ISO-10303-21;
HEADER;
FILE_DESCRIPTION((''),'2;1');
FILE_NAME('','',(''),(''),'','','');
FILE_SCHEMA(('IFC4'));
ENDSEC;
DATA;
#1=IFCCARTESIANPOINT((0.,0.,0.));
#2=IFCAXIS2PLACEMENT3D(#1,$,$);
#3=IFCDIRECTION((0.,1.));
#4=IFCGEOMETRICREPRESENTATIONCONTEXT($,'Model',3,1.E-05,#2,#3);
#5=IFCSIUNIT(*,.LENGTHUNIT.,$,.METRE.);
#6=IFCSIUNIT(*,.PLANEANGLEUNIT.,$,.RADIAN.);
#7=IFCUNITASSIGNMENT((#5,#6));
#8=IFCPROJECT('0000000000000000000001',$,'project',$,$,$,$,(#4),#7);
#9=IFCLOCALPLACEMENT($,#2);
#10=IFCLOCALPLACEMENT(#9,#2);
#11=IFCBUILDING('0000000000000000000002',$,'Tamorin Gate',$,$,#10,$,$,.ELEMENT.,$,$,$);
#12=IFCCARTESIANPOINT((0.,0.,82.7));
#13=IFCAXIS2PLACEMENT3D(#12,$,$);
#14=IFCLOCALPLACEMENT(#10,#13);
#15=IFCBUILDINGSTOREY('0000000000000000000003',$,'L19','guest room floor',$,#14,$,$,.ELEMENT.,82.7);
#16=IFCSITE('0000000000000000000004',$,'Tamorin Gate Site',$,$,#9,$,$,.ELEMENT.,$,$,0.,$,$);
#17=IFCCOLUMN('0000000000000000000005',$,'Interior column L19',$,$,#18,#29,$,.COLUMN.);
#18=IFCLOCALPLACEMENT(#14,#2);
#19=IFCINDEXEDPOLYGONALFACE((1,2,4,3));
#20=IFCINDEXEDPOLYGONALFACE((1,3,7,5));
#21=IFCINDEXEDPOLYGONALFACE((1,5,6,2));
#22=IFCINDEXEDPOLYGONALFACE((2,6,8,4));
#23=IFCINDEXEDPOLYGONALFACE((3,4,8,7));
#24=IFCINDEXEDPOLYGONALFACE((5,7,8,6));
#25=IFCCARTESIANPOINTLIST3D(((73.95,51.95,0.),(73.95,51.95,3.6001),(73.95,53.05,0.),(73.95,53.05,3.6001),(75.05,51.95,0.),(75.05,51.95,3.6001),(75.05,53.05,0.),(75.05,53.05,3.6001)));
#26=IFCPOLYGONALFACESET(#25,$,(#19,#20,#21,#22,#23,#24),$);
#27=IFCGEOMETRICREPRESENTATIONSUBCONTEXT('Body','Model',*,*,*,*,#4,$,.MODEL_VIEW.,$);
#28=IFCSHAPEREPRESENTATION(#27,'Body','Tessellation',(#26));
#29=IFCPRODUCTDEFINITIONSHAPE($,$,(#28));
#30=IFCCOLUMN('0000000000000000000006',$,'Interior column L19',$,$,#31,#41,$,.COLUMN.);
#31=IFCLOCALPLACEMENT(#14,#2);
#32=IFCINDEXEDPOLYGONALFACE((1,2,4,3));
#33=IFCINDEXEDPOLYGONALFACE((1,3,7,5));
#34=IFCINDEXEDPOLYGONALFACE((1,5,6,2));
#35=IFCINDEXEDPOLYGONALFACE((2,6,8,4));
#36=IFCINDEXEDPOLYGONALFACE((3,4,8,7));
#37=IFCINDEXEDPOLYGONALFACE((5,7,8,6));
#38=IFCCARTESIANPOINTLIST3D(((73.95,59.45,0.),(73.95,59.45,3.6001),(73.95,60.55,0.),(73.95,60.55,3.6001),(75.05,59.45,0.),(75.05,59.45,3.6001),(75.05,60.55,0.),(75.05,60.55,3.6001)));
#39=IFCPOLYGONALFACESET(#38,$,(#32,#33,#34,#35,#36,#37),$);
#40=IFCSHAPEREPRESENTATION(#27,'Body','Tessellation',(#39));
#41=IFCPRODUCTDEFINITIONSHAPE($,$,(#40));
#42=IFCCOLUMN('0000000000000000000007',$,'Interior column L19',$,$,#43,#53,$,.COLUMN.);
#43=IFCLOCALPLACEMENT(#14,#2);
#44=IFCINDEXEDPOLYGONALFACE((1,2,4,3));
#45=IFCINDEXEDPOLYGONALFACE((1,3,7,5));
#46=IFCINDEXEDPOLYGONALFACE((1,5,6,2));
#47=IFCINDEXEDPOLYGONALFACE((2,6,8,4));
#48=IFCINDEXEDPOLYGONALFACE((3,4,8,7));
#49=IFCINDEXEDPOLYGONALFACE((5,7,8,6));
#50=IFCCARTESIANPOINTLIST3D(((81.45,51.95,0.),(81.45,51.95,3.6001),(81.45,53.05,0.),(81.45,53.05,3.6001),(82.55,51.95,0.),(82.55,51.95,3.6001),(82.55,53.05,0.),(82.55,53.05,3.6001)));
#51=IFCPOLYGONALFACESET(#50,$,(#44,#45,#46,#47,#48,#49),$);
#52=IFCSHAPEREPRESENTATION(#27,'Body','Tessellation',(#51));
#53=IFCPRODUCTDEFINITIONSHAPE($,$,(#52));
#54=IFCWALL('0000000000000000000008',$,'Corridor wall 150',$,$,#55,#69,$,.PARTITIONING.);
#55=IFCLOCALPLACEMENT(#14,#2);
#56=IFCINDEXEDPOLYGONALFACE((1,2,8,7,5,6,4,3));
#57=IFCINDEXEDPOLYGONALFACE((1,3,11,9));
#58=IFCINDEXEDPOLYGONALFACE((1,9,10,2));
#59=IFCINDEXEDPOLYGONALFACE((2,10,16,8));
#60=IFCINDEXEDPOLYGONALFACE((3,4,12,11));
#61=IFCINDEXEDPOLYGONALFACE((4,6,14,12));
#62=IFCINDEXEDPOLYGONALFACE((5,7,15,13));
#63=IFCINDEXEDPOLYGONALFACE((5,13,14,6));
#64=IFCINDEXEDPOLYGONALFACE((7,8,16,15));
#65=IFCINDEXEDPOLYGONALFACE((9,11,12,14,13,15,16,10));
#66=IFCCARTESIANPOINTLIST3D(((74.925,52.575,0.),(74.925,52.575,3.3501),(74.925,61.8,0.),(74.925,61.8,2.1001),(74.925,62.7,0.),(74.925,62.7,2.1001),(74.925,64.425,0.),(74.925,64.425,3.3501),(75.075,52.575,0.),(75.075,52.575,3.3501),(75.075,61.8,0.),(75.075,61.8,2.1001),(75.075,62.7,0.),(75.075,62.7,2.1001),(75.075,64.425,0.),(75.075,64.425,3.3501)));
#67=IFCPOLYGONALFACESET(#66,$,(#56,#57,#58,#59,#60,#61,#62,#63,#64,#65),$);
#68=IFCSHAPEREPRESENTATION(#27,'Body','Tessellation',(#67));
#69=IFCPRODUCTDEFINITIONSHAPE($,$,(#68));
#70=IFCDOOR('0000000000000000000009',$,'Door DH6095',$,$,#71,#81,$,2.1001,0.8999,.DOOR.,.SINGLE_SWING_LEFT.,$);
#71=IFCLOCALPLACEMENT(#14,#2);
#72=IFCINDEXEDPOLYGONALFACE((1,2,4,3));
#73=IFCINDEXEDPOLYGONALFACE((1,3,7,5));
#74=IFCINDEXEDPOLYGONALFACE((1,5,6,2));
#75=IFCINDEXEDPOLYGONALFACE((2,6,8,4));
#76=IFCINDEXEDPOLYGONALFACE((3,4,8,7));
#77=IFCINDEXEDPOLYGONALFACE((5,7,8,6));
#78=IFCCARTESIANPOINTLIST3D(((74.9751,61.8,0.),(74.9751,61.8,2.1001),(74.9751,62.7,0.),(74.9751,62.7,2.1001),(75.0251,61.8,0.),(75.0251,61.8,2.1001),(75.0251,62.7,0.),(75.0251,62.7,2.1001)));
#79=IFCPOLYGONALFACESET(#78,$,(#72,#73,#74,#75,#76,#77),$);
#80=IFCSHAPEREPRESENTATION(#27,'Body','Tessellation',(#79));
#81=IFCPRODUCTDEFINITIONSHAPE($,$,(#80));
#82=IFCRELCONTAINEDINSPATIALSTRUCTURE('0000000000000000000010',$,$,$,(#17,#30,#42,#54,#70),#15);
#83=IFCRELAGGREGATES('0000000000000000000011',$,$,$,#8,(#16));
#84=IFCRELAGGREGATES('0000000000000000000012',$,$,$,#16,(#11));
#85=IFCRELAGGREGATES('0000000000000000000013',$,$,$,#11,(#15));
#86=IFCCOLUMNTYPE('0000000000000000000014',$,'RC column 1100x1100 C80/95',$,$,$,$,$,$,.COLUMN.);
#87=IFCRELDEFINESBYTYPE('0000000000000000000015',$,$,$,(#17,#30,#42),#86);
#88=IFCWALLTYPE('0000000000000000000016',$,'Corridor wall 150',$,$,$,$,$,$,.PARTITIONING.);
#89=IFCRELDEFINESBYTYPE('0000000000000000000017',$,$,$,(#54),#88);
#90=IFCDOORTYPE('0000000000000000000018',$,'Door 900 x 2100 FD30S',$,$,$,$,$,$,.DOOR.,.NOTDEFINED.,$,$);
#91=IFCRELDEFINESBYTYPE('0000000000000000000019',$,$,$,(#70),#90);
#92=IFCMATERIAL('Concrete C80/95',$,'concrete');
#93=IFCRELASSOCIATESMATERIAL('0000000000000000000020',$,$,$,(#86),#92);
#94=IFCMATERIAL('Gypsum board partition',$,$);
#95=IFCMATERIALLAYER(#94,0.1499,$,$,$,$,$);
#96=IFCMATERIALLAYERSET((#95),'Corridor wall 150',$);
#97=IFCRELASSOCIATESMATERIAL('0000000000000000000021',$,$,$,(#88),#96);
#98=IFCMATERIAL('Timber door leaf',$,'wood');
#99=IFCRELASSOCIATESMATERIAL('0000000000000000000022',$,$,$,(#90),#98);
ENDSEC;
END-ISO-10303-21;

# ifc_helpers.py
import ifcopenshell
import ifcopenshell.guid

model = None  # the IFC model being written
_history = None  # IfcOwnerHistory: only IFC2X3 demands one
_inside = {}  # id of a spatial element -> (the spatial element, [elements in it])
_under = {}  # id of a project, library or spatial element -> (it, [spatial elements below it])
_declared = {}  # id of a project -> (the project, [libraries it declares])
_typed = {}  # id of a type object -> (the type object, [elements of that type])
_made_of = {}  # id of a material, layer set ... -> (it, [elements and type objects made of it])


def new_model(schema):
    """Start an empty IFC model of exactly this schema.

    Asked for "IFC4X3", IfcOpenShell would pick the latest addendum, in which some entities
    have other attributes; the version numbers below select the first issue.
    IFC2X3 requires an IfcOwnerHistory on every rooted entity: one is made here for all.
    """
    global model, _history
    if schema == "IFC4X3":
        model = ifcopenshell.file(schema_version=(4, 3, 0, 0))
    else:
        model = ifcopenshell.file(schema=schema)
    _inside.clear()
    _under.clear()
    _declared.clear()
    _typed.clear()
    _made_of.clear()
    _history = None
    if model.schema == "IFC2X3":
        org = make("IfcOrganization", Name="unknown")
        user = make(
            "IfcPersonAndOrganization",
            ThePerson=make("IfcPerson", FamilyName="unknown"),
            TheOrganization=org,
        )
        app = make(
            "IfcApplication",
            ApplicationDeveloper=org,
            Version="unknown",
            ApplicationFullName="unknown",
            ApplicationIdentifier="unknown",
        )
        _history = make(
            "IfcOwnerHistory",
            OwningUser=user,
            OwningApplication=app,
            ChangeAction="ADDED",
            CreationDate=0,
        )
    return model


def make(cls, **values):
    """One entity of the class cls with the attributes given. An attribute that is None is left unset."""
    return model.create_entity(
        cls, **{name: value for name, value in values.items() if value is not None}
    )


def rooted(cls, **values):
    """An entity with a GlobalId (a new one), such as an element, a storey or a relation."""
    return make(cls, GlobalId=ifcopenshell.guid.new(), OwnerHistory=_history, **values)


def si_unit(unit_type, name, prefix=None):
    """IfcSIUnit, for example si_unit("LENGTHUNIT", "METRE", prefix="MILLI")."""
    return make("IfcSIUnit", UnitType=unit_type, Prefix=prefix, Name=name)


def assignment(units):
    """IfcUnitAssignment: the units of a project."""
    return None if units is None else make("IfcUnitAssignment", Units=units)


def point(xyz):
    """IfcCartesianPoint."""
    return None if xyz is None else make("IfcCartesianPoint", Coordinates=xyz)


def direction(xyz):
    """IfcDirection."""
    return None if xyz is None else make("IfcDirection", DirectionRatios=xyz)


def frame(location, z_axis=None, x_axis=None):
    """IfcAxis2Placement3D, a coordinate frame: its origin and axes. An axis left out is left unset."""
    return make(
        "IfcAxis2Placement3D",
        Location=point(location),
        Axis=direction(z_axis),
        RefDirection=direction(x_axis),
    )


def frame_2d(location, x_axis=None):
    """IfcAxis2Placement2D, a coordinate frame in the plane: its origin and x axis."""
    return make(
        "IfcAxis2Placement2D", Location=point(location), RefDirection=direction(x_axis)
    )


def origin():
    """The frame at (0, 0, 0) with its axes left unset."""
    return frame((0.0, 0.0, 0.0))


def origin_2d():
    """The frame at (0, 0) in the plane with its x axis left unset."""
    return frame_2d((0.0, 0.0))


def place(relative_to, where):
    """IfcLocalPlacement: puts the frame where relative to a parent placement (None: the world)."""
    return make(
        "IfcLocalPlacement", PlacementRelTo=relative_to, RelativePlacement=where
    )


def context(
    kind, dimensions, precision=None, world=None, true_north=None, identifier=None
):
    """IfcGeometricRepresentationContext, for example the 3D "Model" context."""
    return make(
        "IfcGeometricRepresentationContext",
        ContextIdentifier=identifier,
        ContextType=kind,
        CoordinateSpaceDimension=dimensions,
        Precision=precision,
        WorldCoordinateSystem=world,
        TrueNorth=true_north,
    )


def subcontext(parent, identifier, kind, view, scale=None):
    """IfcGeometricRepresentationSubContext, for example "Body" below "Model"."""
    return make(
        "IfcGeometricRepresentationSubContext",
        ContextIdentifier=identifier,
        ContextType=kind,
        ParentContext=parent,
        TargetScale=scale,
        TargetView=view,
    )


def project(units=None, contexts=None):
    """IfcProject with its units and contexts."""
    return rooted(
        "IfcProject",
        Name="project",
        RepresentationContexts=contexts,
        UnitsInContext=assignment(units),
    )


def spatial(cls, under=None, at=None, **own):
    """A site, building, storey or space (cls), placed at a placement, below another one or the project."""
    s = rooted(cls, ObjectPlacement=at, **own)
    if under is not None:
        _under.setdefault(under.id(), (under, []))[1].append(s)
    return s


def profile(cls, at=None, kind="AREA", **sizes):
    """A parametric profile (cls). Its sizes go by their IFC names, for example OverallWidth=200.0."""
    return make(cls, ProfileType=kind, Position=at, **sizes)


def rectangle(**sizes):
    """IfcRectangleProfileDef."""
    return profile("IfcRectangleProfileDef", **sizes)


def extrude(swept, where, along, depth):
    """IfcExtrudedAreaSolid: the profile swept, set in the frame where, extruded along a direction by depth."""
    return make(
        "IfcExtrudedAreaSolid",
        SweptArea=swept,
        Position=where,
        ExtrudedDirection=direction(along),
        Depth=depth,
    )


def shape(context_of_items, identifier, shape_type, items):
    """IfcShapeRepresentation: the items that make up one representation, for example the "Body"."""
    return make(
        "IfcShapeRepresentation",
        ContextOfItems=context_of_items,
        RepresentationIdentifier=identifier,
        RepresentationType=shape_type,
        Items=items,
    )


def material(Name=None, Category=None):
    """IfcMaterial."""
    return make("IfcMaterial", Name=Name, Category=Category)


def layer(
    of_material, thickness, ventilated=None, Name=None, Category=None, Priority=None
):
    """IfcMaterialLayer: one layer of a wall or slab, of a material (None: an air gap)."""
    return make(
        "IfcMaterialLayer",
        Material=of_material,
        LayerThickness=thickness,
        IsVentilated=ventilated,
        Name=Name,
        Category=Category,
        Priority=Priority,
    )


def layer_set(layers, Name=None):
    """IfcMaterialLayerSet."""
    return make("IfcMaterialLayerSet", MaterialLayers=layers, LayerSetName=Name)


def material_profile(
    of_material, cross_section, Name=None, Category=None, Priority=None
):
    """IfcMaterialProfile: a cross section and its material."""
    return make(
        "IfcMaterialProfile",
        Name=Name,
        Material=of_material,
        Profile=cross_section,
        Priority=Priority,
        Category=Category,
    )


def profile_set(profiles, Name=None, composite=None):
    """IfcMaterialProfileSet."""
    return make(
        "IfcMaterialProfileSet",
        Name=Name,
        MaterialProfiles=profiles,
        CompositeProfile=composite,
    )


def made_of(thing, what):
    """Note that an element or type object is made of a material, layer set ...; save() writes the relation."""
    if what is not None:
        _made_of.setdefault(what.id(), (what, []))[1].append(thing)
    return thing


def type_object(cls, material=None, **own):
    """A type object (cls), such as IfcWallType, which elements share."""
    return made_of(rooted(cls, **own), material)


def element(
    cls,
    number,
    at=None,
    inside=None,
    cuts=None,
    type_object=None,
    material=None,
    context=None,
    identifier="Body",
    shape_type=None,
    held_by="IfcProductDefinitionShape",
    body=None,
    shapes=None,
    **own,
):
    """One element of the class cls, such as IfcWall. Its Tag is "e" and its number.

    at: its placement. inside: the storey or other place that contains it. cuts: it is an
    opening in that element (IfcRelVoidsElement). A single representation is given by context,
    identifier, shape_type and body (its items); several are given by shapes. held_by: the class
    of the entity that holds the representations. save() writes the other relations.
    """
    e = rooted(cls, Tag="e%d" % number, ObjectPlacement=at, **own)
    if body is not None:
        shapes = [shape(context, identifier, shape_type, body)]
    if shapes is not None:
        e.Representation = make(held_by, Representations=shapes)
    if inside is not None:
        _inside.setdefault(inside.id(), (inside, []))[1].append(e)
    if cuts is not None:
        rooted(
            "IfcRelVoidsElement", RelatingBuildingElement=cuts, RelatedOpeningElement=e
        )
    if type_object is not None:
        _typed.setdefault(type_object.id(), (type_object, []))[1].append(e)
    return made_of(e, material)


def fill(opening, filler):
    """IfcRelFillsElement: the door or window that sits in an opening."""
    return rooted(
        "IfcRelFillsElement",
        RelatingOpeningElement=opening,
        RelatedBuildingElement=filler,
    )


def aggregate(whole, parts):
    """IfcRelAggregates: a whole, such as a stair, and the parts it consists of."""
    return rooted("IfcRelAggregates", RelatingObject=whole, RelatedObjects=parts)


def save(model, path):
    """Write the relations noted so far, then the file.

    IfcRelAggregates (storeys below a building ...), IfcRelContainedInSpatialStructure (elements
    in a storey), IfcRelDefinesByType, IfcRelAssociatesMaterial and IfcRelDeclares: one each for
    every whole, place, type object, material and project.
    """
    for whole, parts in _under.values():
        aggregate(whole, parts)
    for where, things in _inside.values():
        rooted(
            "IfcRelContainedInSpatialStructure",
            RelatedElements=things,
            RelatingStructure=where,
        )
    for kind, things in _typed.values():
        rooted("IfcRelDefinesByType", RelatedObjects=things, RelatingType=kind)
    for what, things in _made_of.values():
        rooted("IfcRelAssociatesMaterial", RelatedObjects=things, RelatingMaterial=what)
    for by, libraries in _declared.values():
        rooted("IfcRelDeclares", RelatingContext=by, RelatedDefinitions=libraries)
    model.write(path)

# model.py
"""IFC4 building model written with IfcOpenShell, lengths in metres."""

from ifc_helpers import new_model, si_unit, direction, frame, frame_2d, origin, origin_2d, place, context, subcontext, project, spatial, rectangle, extrude, material, layer, layer_set, material_profile, profile_set, type_object, element, fill, save


model = new_model("IFC4")

# Units and contexts
model_context = context("Model", 3, precision=1e-05, world=origin(), true_north=direction((0.0, 1.0)))
body_context = subcontext(model_context, "Body", "Model", "MODEL_VIEW")
ifc_project = project(units=[si_unit("LENGTHUNIT", "METRE"), si_unit("PLANEANGLEUNIT", "RADIAN")], contexts=[model_context])

# Site, building, storey
site_placement = place(None, origin())
site = spatial("IfcSite", under=ifc_project, at=site_placement, Name="Tamorin Gate Site", CompositionType="ELEMENT", RefElevation=0.0)
building_placement = place(site_placement, origin())
building = spatial("IfcBuilding", under=site, at=building_placement, Name="Tamorin Gate", CompositionType="ELEMENT")
storey_placement = place(building_placement, frame((0.0, 0.0, 82.7)))
storey = spatial("IfcBuildingStorey", under=building, at=storey_placement, Name="L19", Description="guest room floor", CompositionType="ELEMENT", Elevation=82.7)

# Columns
ifc_material_1 = material(Name="Concrete C80/95", Category="concrete")
ifc_material_profile = material_profile(ifc_material_1, rectangle(XDim=1.1001, YDim=1.1001, at=origin_2d()), Name="RC 1100x1100")
ifc_profile_set = profile_set([ifc_material_profile], Name="Concrete C80/95")
column_type = type_object("IfcColumnType", Name="RC column 1100x1100 C80/95", PredefinedType="COLUMN", material=ifc_profile_set)
for number, where, z_axis, x_axis, name in (
    (1, (74.5, 52.5, 0.0), (0.0, 0.0, 1.0), (1.0, 0.0, 0.0), "Interior column L19"),
    (2, (74.5, 60.0, 0.0), (0.0, 0.0, 1.0), (1.0, 0.0, 0.0), "Interior column L19"),
    (3, (82.0, 52.5, 0.0), (0.0, 0.0, 1.0), (1.0, 0.0, 0.0), "Interior column L19"),
):
    element("IfcColumn", number, at=place(storey_placement, frame(where, z_axis=z_axis, x_axis=x_axis)), inside=storey, type_object=column_type, Name=name, PredefinedType="COLUMN", context=body_context, shape_type="SweptSolid", body=[
        extrude(rectangle(XDim=1.1001, YDim=1.1001, at=origin_2d()), origin(), (0.0, 0.0, 1.0), 3.6001),
    ])

# Wall, opening, door
ifc_material_2 = material(Name="Gypsum board partition")
ifc_layer_1 = layer(ifc_material_2, 0.1499)
ifc_layer_set_1 = layer_set([ifc_layer_1], Name="Corridor wall 150")
wall_type_1 = type_object("IfcWallType", Name="Corridor wall 150", PredefinedType="PARTITIONING", material=ifc_layer_set_1)
wall_1_placement = place(storey_placement, frame((75.0, 52.575, 0.0), z_axis=(0.0, 0.0, 1.0), x_axis=(0.0, 1.0, 0.0)))
wall_1 = element("IfcWall", 4, at=wall_1_placement, inside=storey, type_object=wall_type_1, Name="Corridor wall 150", PredefinedType="PARTITIONING", context=body_context, shape_type="SweptSolid", body=[
    extrude(rectangle(XDim=11.8501, YDim=0.1499, at=frame_2d((5.925, 0.0))), origin(), (0.0, 0.0, 1.0), 3.3501),
])
opening_1_placement = place(wall_1_placement, frame((9.2251, 0.0, 0.0)))
opening_1 = element("IfcOpeningElement", 5, at=opening_1_placement, cuts=wall_1, PredefinedType="OPENING", context=body_context, shape_type="SweptSolid", body=[
    extrude(rectangle(XDim=0.8999, YDim=2.1001, at=frame_2d((0.45, 1.05))), frame((0.0, 0.085, 0.0), z_axis=(0.0, -1.0, 0.0), x_axis=(1.0, 0.0, 0.0)), (0.0, 0.0, 1.0), 0.1699),
])
ifc_material_3 = material(Name="Timber door leaf", Category="wood")
door_type_1 = type_object("IfcDoorType", Name="Door 900 x 2100 FD30S", OperationType="NOTDEFINED", PredefinedType="DOOR", material=ifc_material_3)
door_1_placement = place(opening_1_placement, origin())
door_1 = element("IfcDoor", 6, at=door_1_placement, inside=storey, type_object=door_type_1, Name="Door DH6095", OperationType="SINGLE_SWING_LEFT", OverallHeight=2.1001, OverallWidth=0.8999, PredefinedType="DOOR", context=body_context, shape_type="SweptSolid", body=[
    extrude(rectangle(XDim=0.8999, YDim=2.1001, at=frame_2d((0.45, 1.05))), frame((0.0, 0.0249, 0.0), z_axis=(0.0, -1.0, 0.0), x_axis=(1.0, 0.0, 0.0)), (0.0, 0.0, 1.0), 0.05),
])
fill(opening_1, door_1)

save(model, "model.ifc")
